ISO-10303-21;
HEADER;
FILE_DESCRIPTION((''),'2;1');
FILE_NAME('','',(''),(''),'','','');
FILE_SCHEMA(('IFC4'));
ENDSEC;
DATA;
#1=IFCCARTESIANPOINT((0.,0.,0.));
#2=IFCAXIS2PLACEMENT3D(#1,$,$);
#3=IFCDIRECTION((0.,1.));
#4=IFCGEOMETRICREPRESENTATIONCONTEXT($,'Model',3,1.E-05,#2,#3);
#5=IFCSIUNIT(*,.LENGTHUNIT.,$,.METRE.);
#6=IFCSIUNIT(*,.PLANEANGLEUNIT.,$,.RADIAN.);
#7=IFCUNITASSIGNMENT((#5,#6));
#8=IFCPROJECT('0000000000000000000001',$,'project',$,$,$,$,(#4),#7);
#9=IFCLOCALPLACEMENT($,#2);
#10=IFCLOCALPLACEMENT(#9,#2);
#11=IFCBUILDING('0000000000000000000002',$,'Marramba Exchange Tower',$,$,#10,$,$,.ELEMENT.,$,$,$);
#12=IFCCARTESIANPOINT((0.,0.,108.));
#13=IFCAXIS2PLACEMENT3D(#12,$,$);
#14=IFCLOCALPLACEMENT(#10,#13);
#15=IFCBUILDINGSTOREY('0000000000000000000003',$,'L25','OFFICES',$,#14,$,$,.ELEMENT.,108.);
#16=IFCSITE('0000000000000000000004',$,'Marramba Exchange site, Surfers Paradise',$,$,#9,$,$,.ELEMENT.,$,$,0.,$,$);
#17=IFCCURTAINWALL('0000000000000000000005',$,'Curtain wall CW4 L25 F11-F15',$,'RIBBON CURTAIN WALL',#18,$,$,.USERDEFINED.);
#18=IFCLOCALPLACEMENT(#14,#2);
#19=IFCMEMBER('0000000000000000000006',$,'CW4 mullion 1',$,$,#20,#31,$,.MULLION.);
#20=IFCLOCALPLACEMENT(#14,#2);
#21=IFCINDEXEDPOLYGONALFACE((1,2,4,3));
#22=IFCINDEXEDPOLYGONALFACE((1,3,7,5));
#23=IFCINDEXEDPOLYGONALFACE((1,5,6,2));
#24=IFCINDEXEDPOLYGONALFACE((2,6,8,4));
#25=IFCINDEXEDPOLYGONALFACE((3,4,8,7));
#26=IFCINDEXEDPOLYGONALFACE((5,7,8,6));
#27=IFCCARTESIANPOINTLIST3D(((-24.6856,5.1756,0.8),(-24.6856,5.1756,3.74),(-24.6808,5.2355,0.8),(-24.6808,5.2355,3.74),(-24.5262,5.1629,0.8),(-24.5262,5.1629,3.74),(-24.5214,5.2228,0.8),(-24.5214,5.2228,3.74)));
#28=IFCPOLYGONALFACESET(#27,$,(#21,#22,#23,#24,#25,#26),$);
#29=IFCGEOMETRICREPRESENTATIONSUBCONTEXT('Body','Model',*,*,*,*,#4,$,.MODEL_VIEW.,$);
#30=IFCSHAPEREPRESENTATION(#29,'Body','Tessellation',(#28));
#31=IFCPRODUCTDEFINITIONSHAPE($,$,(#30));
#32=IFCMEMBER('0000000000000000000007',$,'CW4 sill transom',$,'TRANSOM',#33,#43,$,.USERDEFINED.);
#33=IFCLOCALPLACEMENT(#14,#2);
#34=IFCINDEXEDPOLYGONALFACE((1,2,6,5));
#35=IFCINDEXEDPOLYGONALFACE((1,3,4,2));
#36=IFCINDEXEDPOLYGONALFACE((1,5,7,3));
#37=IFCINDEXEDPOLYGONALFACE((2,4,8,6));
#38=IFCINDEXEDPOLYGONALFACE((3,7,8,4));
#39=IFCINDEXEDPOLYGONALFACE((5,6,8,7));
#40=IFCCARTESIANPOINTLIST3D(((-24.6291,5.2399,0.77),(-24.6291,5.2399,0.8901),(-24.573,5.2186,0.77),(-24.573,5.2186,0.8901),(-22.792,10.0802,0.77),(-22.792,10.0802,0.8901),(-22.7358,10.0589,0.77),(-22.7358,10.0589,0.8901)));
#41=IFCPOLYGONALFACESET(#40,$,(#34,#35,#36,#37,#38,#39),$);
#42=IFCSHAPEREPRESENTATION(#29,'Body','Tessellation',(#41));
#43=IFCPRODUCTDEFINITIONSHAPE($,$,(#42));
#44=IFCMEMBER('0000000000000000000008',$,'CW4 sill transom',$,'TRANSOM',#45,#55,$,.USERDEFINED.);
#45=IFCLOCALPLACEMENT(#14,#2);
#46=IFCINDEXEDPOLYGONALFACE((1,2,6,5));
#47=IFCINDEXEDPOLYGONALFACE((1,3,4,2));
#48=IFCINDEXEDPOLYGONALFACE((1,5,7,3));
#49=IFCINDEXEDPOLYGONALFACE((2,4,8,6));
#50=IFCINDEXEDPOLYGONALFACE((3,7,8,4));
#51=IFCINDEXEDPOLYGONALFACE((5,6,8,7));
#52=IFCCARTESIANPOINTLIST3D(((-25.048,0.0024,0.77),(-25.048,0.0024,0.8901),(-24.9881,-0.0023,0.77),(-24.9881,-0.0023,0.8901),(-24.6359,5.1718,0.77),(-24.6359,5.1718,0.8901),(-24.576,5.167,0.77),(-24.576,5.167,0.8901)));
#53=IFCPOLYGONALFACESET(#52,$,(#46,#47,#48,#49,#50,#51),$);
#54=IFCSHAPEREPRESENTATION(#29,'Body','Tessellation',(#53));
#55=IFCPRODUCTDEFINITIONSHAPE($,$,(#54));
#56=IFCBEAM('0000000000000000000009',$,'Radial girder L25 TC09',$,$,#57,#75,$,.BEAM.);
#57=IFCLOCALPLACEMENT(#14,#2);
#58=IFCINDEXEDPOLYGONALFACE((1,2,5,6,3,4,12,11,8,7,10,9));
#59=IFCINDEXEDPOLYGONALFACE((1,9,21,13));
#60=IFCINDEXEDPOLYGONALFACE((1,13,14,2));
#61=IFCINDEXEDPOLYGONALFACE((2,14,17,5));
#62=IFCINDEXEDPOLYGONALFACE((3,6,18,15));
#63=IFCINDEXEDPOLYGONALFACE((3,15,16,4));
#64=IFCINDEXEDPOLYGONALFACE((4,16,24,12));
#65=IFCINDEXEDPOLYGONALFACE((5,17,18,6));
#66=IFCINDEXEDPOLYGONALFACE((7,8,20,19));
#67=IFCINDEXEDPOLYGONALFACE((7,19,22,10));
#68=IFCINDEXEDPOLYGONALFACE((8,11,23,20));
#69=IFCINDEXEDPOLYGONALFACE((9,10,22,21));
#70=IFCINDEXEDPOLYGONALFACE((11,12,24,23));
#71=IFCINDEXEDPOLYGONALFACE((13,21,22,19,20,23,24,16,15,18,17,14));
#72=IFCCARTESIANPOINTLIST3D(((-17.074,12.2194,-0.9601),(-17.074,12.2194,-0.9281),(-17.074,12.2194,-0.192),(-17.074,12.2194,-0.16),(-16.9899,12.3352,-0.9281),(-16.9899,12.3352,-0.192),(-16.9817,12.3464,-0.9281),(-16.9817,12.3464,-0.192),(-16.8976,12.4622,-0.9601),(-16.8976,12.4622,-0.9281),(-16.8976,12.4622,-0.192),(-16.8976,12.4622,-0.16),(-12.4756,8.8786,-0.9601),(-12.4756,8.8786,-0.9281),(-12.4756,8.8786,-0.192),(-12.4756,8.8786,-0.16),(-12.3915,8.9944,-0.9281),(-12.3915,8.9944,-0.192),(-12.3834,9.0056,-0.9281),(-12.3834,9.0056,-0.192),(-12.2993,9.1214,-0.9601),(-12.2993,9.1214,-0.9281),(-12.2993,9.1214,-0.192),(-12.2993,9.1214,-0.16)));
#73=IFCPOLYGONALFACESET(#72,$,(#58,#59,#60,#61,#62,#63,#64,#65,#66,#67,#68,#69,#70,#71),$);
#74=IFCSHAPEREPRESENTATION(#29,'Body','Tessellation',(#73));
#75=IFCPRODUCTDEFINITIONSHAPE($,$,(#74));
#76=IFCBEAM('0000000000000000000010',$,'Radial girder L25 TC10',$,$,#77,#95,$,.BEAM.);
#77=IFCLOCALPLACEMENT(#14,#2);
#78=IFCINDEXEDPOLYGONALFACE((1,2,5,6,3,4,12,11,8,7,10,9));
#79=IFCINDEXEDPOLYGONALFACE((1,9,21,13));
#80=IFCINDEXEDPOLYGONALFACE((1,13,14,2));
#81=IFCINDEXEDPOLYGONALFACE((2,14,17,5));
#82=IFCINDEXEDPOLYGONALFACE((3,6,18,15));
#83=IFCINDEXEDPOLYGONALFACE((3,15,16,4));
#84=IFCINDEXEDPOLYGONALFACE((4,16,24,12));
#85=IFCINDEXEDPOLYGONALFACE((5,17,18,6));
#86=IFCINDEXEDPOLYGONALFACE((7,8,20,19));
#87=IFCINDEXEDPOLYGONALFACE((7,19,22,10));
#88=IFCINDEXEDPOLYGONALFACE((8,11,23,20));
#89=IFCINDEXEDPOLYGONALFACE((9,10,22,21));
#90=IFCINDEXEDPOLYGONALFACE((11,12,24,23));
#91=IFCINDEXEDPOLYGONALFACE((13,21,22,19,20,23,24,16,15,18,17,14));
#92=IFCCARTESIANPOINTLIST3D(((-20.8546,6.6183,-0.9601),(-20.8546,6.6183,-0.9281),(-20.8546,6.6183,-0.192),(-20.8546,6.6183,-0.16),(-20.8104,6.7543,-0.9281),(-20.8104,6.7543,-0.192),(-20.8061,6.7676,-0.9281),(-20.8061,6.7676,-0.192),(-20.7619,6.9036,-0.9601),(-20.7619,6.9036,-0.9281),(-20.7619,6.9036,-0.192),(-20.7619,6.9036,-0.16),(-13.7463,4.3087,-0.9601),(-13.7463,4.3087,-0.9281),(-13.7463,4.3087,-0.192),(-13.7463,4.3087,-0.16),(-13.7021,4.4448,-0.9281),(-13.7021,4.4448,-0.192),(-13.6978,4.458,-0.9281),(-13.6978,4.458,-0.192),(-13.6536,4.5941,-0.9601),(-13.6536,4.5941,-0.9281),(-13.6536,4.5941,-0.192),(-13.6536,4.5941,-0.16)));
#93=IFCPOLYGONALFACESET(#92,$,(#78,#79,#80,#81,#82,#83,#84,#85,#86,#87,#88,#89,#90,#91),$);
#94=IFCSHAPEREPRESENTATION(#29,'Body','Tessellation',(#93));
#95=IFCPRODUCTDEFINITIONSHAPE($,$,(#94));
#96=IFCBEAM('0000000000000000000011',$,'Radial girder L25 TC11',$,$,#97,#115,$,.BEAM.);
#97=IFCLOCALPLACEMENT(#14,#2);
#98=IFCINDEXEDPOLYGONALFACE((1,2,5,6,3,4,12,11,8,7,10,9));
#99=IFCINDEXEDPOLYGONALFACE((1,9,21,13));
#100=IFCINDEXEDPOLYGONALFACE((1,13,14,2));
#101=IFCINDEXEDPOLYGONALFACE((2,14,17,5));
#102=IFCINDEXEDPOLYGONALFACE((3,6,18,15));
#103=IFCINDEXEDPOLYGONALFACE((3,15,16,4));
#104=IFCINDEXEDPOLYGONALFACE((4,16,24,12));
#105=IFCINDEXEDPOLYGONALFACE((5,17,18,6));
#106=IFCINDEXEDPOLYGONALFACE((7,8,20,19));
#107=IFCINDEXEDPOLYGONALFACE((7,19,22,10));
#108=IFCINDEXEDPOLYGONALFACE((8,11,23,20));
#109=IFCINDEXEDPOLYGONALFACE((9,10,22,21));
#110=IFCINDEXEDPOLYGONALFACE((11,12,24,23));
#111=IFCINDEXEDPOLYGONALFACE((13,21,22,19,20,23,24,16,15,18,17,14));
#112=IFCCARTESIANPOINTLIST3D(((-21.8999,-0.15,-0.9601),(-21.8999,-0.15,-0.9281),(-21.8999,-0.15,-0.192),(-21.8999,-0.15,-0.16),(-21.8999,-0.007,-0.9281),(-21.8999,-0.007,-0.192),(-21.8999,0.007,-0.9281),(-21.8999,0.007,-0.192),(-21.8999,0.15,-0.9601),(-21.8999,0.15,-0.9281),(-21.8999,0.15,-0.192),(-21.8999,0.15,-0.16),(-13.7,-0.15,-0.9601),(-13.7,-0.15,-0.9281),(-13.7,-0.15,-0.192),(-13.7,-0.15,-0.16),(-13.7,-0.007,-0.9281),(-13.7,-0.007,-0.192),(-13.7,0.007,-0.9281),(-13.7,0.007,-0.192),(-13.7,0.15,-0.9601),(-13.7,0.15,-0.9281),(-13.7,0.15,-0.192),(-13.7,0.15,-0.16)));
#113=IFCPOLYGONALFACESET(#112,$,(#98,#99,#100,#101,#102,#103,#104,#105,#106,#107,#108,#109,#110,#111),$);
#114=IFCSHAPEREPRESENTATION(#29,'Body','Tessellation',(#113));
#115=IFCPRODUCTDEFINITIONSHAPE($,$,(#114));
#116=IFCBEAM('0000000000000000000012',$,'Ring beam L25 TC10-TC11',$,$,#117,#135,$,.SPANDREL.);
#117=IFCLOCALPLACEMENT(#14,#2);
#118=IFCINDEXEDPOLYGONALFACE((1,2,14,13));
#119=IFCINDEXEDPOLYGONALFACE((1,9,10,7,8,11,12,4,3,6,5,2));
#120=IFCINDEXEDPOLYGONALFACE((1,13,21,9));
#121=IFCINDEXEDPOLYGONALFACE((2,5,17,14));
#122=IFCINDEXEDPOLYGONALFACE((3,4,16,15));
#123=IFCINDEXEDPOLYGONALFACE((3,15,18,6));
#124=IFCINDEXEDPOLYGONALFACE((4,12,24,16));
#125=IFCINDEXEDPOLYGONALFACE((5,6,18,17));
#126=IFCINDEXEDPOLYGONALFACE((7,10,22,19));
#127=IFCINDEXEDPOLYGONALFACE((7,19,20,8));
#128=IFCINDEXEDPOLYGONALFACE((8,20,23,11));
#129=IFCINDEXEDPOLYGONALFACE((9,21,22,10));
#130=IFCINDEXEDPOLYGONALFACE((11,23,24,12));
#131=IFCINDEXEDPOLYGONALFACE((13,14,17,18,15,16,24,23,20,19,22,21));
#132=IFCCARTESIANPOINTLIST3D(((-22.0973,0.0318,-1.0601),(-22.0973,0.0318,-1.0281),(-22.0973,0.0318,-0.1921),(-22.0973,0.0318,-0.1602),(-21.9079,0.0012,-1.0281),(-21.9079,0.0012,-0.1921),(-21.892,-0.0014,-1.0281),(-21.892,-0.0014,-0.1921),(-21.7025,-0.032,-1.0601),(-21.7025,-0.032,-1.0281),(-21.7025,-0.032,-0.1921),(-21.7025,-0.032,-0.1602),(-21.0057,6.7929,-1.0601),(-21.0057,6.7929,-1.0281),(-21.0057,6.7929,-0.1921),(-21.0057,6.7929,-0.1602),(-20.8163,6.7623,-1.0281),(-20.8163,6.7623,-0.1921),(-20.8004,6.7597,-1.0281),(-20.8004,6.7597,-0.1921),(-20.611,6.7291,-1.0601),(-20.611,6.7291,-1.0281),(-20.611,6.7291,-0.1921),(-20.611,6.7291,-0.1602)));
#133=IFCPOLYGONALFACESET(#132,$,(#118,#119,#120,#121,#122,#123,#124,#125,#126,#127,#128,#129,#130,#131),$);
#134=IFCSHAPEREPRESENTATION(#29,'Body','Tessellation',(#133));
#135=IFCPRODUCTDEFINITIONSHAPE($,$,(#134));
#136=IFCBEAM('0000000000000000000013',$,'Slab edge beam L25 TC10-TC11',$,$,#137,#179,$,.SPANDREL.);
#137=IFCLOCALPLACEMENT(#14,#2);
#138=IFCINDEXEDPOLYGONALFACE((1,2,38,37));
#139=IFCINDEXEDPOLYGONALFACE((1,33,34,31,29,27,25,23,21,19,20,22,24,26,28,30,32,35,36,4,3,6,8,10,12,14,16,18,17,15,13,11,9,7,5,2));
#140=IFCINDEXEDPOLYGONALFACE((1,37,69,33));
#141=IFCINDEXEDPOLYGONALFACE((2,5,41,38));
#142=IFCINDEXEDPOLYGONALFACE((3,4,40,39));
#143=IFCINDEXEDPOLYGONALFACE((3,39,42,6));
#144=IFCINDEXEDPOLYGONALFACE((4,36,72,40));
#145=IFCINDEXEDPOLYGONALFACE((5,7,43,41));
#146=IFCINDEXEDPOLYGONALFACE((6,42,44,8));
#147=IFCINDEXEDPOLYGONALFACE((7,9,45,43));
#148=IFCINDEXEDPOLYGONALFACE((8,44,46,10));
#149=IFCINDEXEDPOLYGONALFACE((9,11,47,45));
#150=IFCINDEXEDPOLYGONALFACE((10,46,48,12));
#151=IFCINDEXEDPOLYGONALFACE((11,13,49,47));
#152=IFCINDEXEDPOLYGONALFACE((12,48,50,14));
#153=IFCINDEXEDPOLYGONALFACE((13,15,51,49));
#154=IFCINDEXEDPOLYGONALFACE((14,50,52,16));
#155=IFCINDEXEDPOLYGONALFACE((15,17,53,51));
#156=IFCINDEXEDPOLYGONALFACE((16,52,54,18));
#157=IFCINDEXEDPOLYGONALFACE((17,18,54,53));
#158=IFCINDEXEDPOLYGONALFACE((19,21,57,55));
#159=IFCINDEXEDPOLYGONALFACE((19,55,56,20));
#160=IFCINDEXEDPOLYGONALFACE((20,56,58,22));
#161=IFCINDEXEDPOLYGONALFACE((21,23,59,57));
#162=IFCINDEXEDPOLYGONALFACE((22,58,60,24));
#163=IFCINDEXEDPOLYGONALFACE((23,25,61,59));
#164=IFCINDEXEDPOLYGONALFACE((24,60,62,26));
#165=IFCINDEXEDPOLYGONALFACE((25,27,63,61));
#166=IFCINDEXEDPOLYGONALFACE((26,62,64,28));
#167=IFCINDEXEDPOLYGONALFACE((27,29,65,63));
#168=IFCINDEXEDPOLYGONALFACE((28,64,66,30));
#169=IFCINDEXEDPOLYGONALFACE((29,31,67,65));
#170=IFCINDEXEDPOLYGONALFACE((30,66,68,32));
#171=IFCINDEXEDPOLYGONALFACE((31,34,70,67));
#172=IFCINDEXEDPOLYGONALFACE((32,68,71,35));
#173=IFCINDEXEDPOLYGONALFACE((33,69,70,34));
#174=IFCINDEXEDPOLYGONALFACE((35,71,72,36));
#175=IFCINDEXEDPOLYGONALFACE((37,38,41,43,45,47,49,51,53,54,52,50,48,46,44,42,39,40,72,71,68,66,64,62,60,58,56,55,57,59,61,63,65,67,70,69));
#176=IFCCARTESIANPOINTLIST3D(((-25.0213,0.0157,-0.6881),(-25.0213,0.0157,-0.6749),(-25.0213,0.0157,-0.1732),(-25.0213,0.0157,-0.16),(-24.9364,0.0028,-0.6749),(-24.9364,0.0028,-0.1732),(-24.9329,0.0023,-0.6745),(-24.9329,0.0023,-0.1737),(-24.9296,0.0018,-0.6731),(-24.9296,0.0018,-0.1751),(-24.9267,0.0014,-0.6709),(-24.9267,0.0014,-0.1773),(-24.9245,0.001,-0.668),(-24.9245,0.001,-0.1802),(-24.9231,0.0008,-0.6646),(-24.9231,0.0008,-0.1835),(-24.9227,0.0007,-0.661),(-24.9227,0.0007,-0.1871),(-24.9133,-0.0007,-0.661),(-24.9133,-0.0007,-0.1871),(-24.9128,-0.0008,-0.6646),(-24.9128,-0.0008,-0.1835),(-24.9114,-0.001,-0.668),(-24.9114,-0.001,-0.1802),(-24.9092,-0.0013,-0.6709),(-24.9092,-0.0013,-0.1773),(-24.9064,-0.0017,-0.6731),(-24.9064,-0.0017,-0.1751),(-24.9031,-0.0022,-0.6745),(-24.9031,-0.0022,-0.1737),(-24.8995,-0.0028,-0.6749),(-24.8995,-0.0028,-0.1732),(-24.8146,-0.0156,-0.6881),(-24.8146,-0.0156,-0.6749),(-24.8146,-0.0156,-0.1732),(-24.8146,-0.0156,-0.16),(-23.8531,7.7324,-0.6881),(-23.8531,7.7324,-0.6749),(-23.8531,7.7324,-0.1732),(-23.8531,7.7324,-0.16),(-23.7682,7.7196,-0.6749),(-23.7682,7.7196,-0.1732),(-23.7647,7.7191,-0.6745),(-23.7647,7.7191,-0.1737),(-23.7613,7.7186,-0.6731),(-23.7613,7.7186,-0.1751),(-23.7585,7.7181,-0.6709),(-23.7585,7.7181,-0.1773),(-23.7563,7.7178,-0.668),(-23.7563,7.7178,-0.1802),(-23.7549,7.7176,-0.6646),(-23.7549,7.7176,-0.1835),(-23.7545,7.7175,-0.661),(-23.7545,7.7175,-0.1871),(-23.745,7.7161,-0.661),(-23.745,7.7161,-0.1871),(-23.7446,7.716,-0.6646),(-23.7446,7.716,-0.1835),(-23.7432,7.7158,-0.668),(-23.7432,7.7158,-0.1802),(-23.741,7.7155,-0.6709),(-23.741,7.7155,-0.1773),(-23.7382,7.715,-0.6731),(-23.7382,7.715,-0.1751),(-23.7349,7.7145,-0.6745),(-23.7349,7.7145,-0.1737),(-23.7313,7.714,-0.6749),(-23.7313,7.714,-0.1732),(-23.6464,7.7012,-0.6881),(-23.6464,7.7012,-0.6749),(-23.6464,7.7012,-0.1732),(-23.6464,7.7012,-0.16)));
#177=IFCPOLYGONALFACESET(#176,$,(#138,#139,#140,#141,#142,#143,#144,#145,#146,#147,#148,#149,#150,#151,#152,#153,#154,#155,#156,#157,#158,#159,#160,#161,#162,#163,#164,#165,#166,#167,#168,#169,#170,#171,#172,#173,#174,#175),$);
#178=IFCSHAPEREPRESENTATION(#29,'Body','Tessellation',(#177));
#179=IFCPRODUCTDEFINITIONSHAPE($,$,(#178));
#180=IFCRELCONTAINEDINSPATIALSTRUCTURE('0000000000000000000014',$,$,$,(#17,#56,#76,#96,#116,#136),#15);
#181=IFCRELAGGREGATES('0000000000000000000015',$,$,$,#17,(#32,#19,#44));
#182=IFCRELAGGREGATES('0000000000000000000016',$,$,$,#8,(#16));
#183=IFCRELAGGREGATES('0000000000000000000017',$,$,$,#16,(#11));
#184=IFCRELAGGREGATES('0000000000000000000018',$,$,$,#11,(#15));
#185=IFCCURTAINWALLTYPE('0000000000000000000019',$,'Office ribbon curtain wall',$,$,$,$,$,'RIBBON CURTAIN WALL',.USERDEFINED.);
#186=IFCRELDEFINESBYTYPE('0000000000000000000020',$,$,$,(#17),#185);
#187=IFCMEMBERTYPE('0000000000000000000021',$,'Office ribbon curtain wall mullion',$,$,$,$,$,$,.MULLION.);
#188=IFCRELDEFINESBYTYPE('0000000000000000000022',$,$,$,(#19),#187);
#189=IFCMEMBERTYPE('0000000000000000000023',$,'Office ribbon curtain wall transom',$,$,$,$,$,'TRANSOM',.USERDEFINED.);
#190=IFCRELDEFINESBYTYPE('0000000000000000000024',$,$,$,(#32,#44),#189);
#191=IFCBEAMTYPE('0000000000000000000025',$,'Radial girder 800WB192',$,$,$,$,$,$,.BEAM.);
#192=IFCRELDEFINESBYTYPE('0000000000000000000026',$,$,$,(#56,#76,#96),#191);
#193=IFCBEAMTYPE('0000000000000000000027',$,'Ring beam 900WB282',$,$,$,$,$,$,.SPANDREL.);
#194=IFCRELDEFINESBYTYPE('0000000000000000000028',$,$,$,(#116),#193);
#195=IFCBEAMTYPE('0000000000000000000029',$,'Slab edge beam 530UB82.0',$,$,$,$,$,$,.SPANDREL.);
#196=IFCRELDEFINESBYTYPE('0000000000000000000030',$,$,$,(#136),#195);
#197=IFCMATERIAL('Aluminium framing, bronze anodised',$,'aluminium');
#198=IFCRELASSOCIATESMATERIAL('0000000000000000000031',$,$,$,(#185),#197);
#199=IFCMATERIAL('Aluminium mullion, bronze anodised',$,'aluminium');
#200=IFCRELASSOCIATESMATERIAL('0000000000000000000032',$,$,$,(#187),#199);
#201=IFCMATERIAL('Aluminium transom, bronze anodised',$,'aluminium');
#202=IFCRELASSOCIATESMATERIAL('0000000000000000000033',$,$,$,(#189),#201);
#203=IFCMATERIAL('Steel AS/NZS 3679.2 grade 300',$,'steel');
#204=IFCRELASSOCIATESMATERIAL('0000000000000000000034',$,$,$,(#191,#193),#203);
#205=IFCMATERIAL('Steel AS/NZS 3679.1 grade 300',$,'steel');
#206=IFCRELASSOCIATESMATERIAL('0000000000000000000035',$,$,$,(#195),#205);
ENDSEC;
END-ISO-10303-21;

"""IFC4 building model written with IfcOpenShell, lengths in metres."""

from ifc_helpers import new_model, si_unit, direction, frame, origin, origin_2d, place, context, subcontext, project, spatial, rectangle, i_section, extrude, material, material_profile, profile_set, type_object, element, aggregate, save


model = new_model("IFC4")

# Units and contexts
model_context = context("Model", 3, precision=1e-05, world=origin(), true_north=direction((0.0, 1.0)))
body_context = subcontext(model_context, "Body", "Model", "MODEL_VIEW")
ifc_project = project(units=[si_unit("LENGTHUNIT", "METRE"), si_unit("PLANEANGLEUNIT", "RADIAN")], contexts=[model_context])

# Site, building, storey
site_placement = place(None, origin())
site = spatial("IfcSite", under=ifc_project, at=site_placement, Name="Marramba Exchange site, Surfers Paradise", CompositionType="ELEMENT", RefElevation=0.0)
building_placement = place(site_placement, origin())
building = spatial("IfcBuilding", under=site, at=building_placement, Name="Marramba Exchange Tower", CompositionType="ELEMENT")
storey_placement = place(building_placement, frame((0.0, 0.0, 108.0)))
storey = spatial("IfcBuildingStorey", under=building, at=storey_placement, Name="L25", Description="OFFICES", CompositionType="ELEMENT", Elevation=108.0)

# Shared definitions
ifc_material_1 = material(Name="Steel AS/NZS 3679.2 grade 300", Category="steel")
ifc_material_2 = material(Name="Steel AS/NZS 3679.1 grade 300", Category="steel")

# Curtain wall, members
ifc_material_3 = material(Name="Aluminium framing, bronze anodised", Category="aluminium")
curtain_wall_type = type_object("IfcCurtainWallType", Name="Office ribbon curtain wall", ElementType="RIBBON CURTAIN WALL", PredefinedType="USERDEFINED", material=ifc_material_3)
curtain_wall_placement = place(storey_placement, origin())
curtain_wall = element("IfcCurtainWall", 1, at=curtain_wall_placement, inside=storey, type_object=curtain_wall_type, Name="Curtain wall CW4 L25 F11-F15", ObjectType="RIBBON CURTAIN WALL", PredefinedType="USERDEFINED")
ifc_material_4 = material(Name="Aluminium mullion, bronze anodised", Category="aluminium")
ifc_material_profile_1 = material_profile(ifc_material_4, rectangle(XDim=0.1599, YDim=0.0601, at=origin_2d()), Name="CW4 mullion 60x160")
ifc_profile_set_1 = profile_set([ifc_material_profile_1], Name="Aluminium mullion, bronze anodised")
member_type_1 = type_object("IfcMemberType", Name="Office ribbon curtain wall mullion", PredefinedType="MULLION", material=ifc_profile_set_1)
member_1_placement = place(storey_placement, frame((-24.6035, 5.1992, 0.8), z_axis=(0.0, 0.0, 1.0), x_axis=(0.996838, -0.07946, 0.0)))
member_1 = element("IfcMember", 2, at=member_1_placement, type_object=member_type_1, Name="CW4 mullion 1", PredefinedType="MULLION", context=body_context, shape_type="SweptSolid", body=[
    extrude(rectangle(XDim=0.1599, YDim=0.0601, at=origin_2d()), origin(), (0.0, 0.0, 1.0), 2.9399),
])
ifc_material_5 = material(Name="Aluminium transom, bronze anodised", Category="aluminium")
ifc_material_profile_2 = material_profile(ifc_material_5, rectangle(XDim=0.0601, YDim=0.1201, at=origin_2d()), Name="CW4 transom 60x120")
ifc_profile_set_2 = profile_set([ifc_material_profile_2], Name="Aluminium transom, bronze anodised")
member_type_2 = type_object("IfcMemberType", Name="Office ribbon curtain wall transom", ElementType="TRANSOM", PredefinedType="USERDEFINED", material=ifc_profile_set_2)
member_2_placement = place(storey_placement, frame((-22.7639, 10.0696, 0.8301), z_axis=(-0.354852, -0.934923, 0.0), x_axis=(0.934923, -0.354852, 0.0)))
member_2 = element("IfcMember", 3, at=member_2_placement, type_object=member_type_2, Name="CW4 sill transom", ObjectType="TRANSOM", PredefinedType="USERDEFINED", context=body_context, shape_type="SweptSolid", body=[
    extrude(rectangle(XDim=0.0601, YDim=0.1201, at=origin_2d()), origin(), (0.0, 0.0, 1.0), 5.1772),
])
member_3_placement = place(storey_placement, frame((-24.606, 5.1694, 0.8301), z_axis=(-0.079468, -0.996837, 0.0), x_axis=(0.996837, -0.079468, 0.0)))
member_3 = element("IfcMember", 4, at=member_3_placement, type_object=member_type_2, Name="CW4 sill transom", ObjectType="TRANSOM", PredefinedType="USERDEFINED", context=body_context, shape_type="SweptSolid", body=[
    extrude(rectangle(XDim=0.0601, YDim=0.1201, at=origin_2d()), origin(), (0.0, 0.0, 1.0), 5.1858),
])

# Beams
ifc_material_profile_3 = material_profile(ifc_material_1, i_section(OverallWidth=0.3, OverallDepth=0.8, WebThickness=0.0139, FlangeThickness=0.032, at=origin_2d()), Name="800WB192")
ifc_profile_set_3 = profile_set([ifc_material_profile_3], Name="Steel AS/NZS 3679.2 grade 300")
beam_type_1 = type_object("IfcBeamType", Name="Radial girder 800WB192", PredefinedType="BEAM", material=ifc_profile_set_3)
beam_1_placement = place(storey_placement, frame((-12.3875, 9.0, -0.5601), z_axis=(-0.809026, 0.587773, 0.0), x_axis=(-0.587773, -0.809026, 0.0)))
element("IfcBeam", 5, at=beam_1_placement, inside=storey, type_object=beam_type_1, Name="Radial girder L25 TC09", PredefinedType="BEAM", context=body_context, shape_type="SweptSolid", body=[
    extrude(i_section(OverallWidth=0.3, OverallDepth=0.8, WebThickness=0.0139, FlangeThickness=0.032, at=origin_2d()), origin(), (0.0, 0.0, 1.0), 5.6838),
])
beam_2_placement = place(storey_placement, frame((-13.7, 4.4514, -0.5601), z_axis=(-0.95106, 0.309006, 0.0), x_axis=(-0.309006, -0.95106, 0.0)))
element("IfcBeam", 6, at=beam_2_placement, inside=storey, type_object=beam_type_1, Name="Radial girder L25 TC10", PredefinedType="BEAM", context=body_context, shape_type="SweptSolid", body=[
    extrude(i_section(OverallWidth=0.3, OverallDepth=0.8, WebThickness=0.0139, FlangeThickness=0.032, at=origin_2d()), origin(), (0.0, 0.0, 1.0), 7.4741),
])
beam_3_placement = place(storey_placement, frame((-13.7, 0.0, -0.5601), z_axis=(-1.0, 0.0, 0.0), x_axis=(0.0, -1.0, 0.0)))
element("IfcBeam", 7, at=beam_3_placement, inside=storey, type_object=beam_type_1, Name="Radial girder L25 TC11", PredefinedType="BEAM", context=body_context, shape_type="SweptSolid", body=[
    extrude(i_section(OverallWidth=0.3, OverallDepth=0.8, WebThickness=0.0139, FlangeThickness=0.032, at=origin_2d()), origin(), (0.0, 0.0, 1.0), 8.2),
])
ifc_material_profile_4 = material_profile(ifc_material_1, i_section(OverallWidth=0.3999, OverallDepth=0.8999, WebThickness=0.0161, FlangeThickness=0.032, at=origin_2d()), Name="900WB282")
ifc_profile_set_4 = profile_set([ifc_material_profile_4], Name="Steel AS/NZS 3679.2 grade 300")
beam_type_2 = type_object("IfcBeamType", Name="Ring beam 900WB282", PredefinedType="SPANDREL", material=ifc_profile_set_4)
beam_4_placement = place(storey_placement, frame((-20.8083, 6.761, -0.6101), z_axis=(-0.159385, -0.987217, 0.0), x_axis=(0.987217, -0.159385, 0.0)))
element("IfcBeam", 8, at=beam_4_placement, inside=storey, type_object=beam_type_2, Name="Ring beam L25 TC10-TC11", PredefinedType="SPANDREL", context=body_context, shape_type="SweptSolid", body=[
    extrude(i_section(OverallWidth=0.3999, OverallDepth=0.8999, WebThickness=0.0161, FlangeThickness=0.032, at=origin_2d()), origin(), (0.0, 0.0, 1.0), 6.8486),
])
ifc_material_profile_5 = material_profile(ifc_material_2, i_section(OverallWidth=0.209, OverallDepth=0.5281, WebThickness=0.0095, FlangeThickness=0.0132, FilletRadius=0.0139, at=origin_2d()), Name="530UB82.0")
ifc_profile_set_5 = profile_set([ifc_material_profile_5], Name="Steel AS/NZS 3679.1 grade 300")
beam_type_3 = type_object("IfcBeamType", Name="Slab edge beam 530UB82.0", PredefinedType="SPANDREL", material=ifc_profile_set_5)
beam_5_placement = place(storey_placement, frame((-23.7498, 7.7168, -0.4241), z_axis=(-0.14968, -0.988734, 0.0), x_axis=(0.988734, -0.14968, 0.0)))
element("IfcBeam", 9, at=beam_5_placement, inside=storey, type_object=beam_type_3, Name="Slab edge beam L25 TC10-TC11", PredefinedType="SPANDREL", context=body_context, shape_type="SweptSolid", body=[
    extrude(i_section(OverallWidth=0.209, OverallDepth=0.5281, WebThickness=0.0095, FlangeThickness=0.0132, FilletRadius=0.0139, at=origin_2d()), origin(), (0.0, 0.0, 1.0), 7.8047),
])

aggregate(curtain_wall, [member_2, member_1, member_3])

save(model, "model.ifc")
